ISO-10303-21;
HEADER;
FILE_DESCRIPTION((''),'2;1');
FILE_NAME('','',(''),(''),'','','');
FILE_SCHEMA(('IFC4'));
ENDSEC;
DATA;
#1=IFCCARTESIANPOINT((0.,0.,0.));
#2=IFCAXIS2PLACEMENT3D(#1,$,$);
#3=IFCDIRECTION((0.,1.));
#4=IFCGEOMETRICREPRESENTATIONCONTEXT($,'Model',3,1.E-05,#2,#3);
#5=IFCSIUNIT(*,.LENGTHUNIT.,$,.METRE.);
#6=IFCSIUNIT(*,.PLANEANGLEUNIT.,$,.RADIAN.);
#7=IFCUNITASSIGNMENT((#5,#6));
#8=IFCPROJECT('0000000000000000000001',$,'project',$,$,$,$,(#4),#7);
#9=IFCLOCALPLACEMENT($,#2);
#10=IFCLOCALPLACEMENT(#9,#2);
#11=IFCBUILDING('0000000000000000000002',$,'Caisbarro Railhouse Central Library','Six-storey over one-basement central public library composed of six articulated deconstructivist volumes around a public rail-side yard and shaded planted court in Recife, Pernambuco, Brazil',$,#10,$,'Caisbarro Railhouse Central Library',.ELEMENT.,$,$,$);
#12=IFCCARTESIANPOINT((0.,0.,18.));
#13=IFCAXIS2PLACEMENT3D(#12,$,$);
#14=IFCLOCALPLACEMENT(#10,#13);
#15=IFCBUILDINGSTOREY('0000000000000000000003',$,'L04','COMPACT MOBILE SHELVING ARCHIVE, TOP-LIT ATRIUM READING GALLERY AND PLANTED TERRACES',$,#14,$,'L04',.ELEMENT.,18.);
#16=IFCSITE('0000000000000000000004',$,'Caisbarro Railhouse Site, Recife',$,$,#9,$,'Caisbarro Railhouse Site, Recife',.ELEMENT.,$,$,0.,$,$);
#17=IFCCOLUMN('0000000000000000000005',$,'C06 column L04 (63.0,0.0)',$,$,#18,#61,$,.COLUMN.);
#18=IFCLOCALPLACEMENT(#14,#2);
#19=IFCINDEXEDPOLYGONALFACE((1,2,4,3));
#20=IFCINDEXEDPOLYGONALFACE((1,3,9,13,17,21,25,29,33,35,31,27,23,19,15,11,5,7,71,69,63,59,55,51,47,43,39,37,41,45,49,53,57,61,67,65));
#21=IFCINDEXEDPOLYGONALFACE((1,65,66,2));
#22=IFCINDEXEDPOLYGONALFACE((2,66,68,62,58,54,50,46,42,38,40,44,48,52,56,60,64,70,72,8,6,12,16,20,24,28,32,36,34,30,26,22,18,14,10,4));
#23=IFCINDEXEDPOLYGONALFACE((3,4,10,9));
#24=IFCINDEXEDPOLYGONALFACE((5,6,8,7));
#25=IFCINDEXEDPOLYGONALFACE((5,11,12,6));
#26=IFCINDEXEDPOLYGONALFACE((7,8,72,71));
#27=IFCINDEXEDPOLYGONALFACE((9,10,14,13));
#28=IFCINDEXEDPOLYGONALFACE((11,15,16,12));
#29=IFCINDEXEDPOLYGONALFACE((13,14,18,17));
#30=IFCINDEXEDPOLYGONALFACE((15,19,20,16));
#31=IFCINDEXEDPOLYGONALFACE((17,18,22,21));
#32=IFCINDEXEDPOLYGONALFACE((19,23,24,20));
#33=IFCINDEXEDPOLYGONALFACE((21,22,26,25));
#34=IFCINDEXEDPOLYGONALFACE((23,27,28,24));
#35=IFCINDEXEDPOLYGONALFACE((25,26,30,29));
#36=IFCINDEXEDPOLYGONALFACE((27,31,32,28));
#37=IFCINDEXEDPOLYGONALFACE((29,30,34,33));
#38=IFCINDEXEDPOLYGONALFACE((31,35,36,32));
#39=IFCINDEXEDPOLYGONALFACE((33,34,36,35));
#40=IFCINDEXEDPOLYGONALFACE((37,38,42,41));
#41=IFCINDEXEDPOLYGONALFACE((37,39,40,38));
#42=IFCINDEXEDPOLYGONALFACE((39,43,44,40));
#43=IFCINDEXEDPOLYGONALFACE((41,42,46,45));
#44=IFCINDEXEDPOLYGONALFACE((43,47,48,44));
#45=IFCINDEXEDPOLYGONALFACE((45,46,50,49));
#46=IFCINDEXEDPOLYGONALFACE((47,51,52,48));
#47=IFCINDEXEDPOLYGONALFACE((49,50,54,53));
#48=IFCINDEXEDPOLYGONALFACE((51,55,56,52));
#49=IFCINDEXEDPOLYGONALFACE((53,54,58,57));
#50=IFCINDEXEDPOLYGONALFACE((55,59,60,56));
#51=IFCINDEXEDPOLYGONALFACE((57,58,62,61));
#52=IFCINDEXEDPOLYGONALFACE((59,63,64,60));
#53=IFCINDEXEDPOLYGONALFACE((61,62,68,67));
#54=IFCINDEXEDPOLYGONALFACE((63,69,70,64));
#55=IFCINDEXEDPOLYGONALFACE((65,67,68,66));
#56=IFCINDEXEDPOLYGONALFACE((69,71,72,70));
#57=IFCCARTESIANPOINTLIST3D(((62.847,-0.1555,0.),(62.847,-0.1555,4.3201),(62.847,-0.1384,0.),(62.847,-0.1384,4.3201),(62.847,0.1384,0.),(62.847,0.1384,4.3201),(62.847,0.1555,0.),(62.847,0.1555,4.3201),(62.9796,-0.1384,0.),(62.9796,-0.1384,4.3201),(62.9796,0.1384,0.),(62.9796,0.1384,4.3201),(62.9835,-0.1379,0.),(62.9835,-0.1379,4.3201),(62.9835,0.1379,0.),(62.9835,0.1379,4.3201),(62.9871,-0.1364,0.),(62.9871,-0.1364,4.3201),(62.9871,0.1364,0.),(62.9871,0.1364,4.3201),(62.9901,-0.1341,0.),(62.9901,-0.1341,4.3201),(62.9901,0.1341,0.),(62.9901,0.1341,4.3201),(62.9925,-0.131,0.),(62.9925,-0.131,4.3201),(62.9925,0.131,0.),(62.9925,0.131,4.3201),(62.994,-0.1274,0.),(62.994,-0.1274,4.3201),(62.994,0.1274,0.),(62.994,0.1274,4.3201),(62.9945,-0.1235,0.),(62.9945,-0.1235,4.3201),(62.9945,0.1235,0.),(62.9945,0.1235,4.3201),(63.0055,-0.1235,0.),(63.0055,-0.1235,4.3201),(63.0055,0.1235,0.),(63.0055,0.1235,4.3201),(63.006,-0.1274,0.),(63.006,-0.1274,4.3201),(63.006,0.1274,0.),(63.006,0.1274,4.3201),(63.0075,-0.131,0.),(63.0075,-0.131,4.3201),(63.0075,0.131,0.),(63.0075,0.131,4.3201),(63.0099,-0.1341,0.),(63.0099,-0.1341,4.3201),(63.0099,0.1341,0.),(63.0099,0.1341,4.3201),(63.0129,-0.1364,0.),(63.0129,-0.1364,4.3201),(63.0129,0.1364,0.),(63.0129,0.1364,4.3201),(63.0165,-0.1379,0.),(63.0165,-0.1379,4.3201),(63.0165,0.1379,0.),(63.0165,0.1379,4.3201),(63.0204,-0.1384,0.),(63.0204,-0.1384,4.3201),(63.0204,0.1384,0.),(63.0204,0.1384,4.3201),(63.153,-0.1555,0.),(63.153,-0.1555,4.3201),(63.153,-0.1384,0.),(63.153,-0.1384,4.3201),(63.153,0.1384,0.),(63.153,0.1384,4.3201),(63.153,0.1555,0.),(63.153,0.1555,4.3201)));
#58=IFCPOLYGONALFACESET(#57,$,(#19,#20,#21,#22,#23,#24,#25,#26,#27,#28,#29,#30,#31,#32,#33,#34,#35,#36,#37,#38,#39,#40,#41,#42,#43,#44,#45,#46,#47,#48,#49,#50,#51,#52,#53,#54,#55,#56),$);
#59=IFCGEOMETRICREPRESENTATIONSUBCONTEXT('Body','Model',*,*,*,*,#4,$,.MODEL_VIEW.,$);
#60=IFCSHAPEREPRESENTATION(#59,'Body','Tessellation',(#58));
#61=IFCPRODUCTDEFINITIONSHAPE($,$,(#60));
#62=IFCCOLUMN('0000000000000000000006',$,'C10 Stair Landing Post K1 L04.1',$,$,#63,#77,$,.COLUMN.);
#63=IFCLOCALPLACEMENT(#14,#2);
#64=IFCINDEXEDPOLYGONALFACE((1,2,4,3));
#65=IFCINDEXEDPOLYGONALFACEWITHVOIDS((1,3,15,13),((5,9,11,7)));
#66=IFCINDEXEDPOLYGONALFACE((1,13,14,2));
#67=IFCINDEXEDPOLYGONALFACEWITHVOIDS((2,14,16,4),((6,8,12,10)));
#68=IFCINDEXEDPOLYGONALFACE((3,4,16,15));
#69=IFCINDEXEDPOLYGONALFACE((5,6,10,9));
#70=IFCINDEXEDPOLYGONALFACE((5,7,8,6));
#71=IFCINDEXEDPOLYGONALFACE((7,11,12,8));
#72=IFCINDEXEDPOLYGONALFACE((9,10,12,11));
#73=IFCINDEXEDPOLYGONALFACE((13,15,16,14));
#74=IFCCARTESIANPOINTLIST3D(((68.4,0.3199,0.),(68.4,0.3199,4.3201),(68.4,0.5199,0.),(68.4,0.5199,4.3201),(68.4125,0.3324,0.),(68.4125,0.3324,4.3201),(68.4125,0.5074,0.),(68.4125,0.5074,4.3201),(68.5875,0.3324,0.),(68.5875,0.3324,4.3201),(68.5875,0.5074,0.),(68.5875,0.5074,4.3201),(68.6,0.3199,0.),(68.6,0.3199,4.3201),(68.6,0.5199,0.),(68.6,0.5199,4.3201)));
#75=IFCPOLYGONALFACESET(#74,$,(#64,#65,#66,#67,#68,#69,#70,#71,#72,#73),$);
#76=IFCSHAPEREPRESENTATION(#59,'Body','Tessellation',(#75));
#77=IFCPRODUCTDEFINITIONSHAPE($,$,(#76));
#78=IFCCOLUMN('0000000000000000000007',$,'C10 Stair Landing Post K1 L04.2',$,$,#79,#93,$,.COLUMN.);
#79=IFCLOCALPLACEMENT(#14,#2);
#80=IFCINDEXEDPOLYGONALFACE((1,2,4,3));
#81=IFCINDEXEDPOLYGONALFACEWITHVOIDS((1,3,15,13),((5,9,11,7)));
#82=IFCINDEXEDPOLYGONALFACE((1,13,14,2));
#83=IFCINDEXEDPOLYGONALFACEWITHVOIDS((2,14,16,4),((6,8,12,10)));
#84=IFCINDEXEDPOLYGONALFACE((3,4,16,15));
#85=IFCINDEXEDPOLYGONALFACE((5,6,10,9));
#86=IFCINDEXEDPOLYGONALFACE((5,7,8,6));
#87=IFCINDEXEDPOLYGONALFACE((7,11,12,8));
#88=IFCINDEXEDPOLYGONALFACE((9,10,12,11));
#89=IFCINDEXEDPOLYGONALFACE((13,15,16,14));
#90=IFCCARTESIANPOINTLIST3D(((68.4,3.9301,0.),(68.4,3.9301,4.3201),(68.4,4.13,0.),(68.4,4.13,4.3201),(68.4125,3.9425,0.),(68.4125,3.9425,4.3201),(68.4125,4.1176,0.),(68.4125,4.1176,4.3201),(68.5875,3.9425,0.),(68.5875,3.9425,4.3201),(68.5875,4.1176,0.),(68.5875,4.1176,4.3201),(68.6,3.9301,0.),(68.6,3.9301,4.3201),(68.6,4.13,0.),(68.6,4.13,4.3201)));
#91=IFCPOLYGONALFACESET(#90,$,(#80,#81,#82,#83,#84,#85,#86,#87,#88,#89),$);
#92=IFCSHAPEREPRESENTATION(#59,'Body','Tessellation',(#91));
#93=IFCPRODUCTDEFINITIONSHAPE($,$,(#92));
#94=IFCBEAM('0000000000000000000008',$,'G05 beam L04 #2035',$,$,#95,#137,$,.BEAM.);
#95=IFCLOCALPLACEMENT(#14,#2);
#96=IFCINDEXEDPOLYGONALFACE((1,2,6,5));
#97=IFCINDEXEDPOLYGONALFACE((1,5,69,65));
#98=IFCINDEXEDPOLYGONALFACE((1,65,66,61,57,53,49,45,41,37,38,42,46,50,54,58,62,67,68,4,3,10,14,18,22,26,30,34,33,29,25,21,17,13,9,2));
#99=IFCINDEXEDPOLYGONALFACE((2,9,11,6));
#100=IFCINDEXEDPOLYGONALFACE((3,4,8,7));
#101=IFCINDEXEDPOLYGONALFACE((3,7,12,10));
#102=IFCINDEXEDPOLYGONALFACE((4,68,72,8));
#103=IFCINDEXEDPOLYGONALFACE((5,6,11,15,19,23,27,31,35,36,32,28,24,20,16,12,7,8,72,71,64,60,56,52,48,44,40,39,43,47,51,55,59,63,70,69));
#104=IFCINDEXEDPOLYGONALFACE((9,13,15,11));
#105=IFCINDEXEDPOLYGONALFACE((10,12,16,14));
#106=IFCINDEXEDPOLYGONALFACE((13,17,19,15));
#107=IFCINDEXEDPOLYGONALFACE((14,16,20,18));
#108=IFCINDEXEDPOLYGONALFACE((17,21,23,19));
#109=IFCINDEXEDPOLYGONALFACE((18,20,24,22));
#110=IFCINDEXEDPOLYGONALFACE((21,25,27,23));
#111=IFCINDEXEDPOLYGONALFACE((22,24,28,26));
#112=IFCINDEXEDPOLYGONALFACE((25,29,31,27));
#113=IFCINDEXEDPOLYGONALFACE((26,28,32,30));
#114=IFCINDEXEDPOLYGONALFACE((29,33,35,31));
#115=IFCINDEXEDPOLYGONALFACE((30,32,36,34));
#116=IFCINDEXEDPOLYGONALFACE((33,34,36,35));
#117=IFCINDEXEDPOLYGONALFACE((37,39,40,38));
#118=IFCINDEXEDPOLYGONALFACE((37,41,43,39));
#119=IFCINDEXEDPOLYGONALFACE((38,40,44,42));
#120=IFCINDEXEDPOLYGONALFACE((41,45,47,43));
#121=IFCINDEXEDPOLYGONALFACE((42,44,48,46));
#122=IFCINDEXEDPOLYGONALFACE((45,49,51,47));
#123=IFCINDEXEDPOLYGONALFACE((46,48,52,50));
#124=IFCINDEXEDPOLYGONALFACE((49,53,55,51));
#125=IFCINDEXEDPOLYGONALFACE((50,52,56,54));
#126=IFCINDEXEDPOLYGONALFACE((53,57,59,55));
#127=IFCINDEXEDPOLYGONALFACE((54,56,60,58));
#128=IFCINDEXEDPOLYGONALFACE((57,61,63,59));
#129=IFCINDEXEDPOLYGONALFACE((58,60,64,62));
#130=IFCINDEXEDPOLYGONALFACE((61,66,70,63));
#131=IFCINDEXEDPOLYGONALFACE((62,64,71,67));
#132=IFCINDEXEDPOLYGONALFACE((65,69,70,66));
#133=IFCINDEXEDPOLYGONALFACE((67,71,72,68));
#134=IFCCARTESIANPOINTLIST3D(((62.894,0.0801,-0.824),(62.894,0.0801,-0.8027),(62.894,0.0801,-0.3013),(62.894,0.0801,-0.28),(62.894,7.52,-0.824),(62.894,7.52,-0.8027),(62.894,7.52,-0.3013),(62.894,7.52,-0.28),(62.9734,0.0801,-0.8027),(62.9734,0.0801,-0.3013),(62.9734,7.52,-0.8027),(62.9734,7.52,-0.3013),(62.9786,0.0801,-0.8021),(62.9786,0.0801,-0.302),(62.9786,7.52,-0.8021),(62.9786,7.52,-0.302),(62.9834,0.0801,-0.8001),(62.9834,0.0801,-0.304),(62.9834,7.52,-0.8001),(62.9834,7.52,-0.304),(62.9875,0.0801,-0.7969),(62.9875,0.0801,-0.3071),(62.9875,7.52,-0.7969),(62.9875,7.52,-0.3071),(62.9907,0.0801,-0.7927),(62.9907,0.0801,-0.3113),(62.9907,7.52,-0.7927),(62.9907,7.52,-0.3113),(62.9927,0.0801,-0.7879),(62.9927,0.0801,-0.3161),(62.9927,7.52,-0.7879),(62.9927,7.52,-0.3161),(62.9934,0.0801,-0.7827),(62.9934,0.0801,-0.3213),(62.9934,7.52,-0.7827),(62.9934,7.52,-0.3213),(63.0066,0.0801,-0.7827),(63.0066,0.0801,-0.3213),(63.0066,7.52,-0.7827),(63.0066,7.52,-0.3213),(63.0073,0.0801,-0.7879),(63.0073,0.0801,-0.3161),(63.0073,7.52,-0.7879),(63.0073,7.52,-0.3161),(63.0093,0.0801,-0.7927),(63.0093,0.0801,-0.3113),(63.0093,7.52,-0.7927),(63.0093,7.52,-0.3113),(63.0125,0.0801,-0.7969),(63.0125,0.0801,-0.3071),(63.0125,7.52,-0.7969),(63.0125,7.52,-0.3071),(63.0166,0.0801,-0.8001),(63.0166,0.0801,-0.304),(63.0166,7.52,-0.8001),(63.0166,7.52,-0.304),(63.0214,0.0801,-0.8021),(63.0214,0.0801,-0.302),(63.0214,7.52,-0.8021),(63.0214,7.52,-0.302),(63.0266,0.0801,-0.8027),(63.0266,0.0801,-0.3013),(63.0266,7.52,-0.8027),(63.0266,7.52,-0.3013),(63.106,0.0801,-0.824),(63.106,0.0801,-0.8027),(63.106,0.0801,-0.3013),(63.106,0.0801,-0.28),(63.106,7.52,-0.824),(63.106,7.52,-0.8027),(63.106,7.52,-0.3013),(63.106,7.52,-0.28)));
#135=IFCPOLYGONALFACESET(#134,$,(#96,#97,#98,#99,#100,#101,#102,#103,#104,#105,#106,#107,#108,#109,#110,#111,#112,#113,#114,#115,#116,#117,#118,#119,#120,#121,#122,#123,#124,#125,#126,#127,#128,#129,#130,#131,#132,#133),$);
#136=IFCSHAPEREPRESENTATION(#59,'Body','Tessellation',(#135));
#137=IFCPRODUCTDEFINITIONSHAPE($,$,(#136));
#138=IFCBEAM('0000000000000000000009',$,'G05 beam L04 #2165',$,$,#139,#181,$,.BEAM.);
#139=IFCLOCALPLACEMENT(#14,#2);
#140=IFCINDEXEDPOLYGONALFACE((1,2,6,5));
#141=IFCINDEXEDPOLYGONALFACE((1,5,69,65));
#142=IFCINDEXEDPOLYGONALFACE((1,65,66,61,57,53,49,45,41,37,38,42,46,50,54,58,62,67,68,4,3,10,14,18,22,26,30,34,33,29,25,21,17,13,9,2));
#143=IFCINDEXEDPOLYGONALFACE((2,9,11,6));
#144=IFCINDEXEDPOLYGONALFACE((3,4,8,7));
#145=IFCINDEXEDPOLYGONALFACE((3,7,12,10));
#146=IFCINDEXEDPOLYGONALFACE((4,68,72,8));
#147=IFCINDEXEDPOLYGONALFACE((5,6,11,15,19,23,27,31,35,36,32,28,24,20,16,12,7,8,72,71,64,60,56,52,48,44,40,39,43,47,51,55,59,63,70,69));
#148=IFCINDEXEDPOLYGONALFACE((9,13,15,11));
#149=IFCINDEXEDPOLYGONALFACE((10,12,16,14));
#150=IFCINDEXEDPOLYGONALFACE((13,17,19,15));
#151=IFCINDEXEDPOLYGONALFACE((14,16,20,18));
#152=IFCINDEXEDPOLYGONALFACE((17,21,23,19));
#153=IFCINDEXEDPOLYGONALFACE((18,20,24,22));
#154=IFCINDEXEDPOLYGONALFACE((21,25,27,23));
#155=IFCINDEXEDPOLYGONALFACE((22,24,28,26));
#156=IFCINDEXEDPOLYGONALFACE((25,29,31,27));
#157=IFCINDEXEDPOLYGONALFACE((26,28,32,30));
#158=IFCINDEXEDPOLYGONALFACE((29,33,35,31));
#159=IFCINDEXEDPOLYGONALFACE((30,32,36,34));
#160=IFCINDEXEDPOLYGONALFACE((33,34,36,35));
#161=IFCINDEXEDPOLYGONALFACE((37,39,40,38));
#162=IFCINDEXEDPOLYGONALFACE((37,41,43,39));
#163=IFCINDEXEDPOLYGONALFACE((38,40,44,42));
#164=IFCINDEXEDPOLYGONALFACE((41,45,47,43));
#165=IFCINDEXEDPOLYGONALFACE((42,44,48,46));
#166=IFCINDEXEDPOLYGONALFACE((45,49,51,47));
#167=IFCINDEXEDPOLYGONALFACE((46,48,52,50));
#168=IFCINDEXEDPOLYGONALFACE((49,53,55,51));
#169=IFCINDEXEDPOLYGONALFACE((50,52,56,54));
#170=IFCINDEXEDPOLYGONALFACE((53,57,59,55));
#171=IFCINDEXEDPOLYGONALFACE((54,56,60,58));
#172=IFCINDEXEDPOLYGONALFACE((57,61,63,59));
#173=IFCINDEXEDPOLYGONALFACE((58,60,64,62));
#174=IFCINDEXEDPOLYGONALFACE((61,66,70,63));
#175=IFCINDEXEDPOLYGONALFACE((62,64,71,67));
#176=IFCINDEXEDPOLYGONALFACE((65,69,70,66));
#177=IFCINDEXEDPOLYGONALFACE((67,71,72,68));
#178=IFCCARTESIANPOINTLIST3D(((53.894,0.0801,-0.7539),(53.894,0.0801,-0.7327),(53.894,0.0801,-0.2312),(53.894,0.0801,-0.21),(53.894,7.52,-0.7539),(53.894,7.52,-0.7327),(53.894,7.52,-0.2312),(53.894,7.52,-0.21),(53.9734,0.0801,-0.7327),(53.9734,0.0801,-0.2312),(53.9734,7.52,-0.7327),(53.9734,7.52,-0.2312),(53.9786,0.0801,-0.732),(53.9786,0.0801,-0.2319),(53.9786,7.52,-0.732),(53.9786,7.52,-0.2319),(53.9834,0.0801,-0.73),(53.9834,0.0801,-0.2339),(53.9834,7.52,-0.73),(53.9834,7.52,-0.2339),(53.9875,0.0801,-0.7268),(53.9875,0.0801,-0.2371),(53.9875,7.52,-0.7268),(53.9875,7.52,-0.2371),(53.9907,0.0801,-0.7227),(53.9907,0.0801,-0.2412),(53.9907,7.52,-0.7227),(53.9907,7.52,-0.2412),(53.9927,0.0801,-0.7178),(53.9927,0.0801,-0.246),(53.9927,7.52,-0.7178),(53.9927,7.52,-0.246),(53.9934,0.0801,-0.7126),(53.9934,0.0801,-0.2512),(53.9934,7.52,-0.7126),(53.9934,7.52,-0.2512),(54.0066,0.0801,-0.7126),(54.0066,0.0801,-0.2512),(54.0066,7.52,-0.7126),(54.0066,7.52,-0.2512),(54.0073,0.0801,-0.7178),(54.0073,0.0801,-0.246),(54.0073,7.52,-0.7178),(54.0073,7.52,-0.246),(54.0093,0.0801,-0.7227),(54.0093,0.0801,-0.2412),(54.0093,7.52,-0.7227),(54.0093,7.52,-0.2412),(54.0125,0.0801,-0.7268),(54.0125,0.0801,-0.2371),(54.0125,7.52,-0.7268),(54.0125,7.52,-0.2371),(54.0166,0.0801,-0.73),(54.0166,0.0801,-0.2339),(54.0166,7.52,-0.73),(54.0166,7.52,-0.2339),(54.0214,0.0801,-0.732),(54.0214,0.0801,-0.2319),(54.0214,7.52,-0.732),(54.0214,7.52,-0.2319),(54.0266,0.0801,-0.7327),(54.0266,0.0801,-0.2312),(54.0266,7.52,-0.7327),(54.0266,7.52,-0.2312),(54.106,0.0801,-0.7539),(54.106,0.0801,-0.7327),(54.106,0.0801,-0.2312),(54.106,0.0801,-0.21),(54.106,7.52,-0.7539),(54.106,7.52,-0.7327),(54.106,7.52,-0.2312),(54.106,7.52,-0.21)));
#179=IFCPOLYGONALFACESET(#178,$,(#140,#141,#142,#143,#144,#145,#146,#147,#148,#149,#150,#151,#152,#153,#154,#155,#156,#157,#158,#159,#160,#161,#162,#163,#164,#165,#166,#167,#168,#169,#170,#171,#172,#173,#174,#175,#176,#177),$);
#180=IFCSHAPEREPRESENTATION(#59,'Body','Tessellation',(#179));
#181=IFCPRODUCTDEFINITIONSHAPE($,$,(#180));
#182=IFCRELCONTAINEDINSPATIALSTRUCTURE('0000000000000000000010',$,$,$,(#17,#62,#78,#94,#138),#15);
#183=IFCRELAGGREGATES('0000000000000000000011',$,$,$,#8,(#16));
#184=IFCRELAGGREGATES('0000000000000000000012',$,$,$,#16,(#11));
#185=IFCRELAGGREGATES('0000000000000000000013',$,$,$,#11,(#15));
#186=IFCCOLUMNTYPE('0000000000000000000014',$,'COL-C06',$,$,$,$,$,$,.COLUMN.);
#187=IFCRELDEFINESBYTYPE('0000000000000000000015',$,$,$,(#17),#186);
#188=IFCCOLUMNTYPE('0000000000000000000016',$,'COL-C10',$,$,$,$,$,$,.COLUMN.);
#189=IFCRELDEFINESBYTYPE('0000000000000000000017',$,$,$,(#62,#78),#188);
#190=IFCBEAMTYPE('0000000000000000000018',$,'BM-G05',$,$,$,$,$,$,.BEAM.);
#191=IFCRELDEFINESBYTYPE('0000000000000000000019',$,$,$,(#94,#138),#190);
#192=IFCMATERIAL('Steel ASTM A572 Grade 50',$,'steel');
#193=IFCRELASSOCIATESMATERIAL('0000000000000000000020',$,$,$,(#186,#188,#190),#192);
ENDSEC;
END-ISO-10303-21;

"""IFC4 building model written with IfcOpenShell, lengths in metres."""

from ifc_helpers import new_model, si_unit, direction, frame, origin, origin_2d, place, context, subcontext, project, spatial, hollow_rectangle, i_section, extrude, material, material_profile, profile_set, type_object, element, save


model = new_model("IFC4")

# Units and contexts
model_context = context("Model", 3, precision=1e-05, world=origin(), true_north=direction((0.0, 1.0)))
body_context = subcontext(model_context, "Body", "Model", "MODEL_VIEW")
ifc_project = project(units=[si_unit("LENGTHUNIT", "METRE"), si_unit("PLANEANGLEUNIT", "RADIAN")], contexts=[model_context])

# Site, building, storey
site_placement = place(None, origin())
site = spatial("IfcSite", under=ifc_project, at=site_placement, Name="Caisbarro Railhouse Site, Recife", LongName="Caisbarro Railhouse Site, Recife", CompositionType="ELEMENT", RefElevation=0.0)
building_placement = place(site_placement, origin())
building = spatial("IfcBuilding", under=site, at=building_placement, Name="Caisbarro Railhouse Central Library", Description="Six-storey over one-basement central public library composed of six articulated deconstructivist volumes around a public rail-side yard and shaded planted court in Recife, Pernambuco, Brazil", LongName="Caisbarro Railhouse Central Library", CompositionType="ELEMENT")
storey_placement = place(building_placement, frame((0.0, 0.0, 18.0)))
storey = spatial("IfcBuildingStorey", under=building, at=storey_placement, Name="L04", Description="COMPACT MOBILE SHELVING ARCHIVE, TOP-LIT ATRIUM READING GALLERY AND PLANTED TERRACES", LongName="L04", CompositionType="ELEMENT", Elevation=18.0)

# Columns
ifc_material_1 = material(Name="Steel ASTM A572 Grade 50", Category="steel")
ifc_material_profile_1 = material_profile(ifc_material_1, i_section(OverallWidth=0.3059, OverallDepth=0.311, WebThickness=0.011, FlangeThickness=0.0171, FilletRadius=0.0149, at=origin_2d()), Name="W310X107.0")
ifc_profile_set_1 = profile_set([ifc_material_profile_1], Name="Steel ASTM A572 Grade 50")
column_type_1 = type_object("IfcColumnType", Name="COL-C06", PredefinedType="COLUMN", material=ifc_profile_set_1)
column_placement = place(storey_placement, frame((63.0, 0.0, 0.0), z_axis=(0.0, 0.0, 1.0), x_axis=(1.0, 0.0, 0.0)))
element("IfcColumn", 1, at=column_placement, inside=storey, type_object=column_type_1, Name="C06 column L04 (63.0,0.0)", PredefinedType="COLUMN", context=body_context, shape_type="SweptSolid", body=[
    extrude(i_section(OverallWidth=0.3059, OverallDepth=0.311, WebThickness=0.011, FlangeThickness=0.0171, FilletRadius=0.0149, at=origin_2d()), origin(), (0.0, 0.0, 1.0), 4.3201),
])
ifc_material_profile_2 = material_profile(ifc_material_1, hollow_rectangle(XDim=0.2, YDim=0.2, WallThickness=0.0125, at=origin_2d()), Name="HSS200X200X12.5")
ifc_profile_set_2 = profile_set([ifc_material_profile_2], Name="Steel ASTM A572 Grade 50")
column_type_2 = type_object("IfcColumnType", Name="COL-C10", PredefinedType="COLUMN", material=ifc_profile_set_2)
for number, where, z_axis, x_axis, name in (
    (2, (68.5, 0.4199, 0.0), (0.0, 0.0, 1.0), (1.0, 0.0, 0.0), "C10 Stair Landing Post K1 L04.1"),
    (3, (68.5, 4.03, 0.0), (0.0, 0.0, 1.0), (1.0, 0.0, 0.0), "C10 Stair Landing Post K1 L04.2"),
):
    element("IfcColumn", number, at=place(storey_placement, frame(where, z_axis=z_axis, x_axis=x_axis)), inside=storey, type_object=column_type_2, Name=name, PredefinedType="COLUMN", context=body_context, shape_type="SweptSolid", body=[
        extrude(hollow_rectangle(XDim=0.2, YDim=0.2, WallThickness=0.0125, at=origin_2d()), origin(), (0.0, 0.0, 1.0), 4.3201),
    ])

# Beams
ifc_material_profile_3 = material_profile(ifc_material_1, i_section(OverallWidth=0.2119, OverallDepth=0.5439, WebThickness=0.0132, FlangeThickness=0.0212, FilletRadius=0.02, at=origin_2d()), Name="W530X123.0")
ifc_profile_set_3 = profile_set([ifc_material_profile_3], Name="Steel ASTM A572 Grade 50")
beam_type_1 = type_object("IfcBeamType", Name="BM-G05", PredefinedType="BEAM", material=ifc_profile_set_3)
for number, where, z_axis, x_axis, name in (
    (4, (63.0, 0.0801, -0.552), (0.0, 1.0, 0.0), (-1.0, 0.0, 0.0), "G05 beam L04 #2035"),
    (5, (54.0, 0.0801, -0.4819), (0.0, 1.0, 0.0), (-1.0, 0.0, 0.0), "G05 beam L04 #2165"),
):
    element("IfcBeam", number, at=place(storey_placement, frame(where, z_axis=z_axis, x_axis=x_axis)), inside=storey, type_object=beam_type_1, Name=name, PredefinedType="BEAM", context=body_context, shape_type="SweptSolid", body=[
        extrude(i_section(OverallWidth=0.2119, OverallDepth=0.5439, WebThickness=0.0132, FlangeThickness=0.0212, FilletRadius=0.02, at=origin_2d()), origin(), (0.0, 0.0, 1.0), 7.4399),
    ])

save(model, "model.ifc")
